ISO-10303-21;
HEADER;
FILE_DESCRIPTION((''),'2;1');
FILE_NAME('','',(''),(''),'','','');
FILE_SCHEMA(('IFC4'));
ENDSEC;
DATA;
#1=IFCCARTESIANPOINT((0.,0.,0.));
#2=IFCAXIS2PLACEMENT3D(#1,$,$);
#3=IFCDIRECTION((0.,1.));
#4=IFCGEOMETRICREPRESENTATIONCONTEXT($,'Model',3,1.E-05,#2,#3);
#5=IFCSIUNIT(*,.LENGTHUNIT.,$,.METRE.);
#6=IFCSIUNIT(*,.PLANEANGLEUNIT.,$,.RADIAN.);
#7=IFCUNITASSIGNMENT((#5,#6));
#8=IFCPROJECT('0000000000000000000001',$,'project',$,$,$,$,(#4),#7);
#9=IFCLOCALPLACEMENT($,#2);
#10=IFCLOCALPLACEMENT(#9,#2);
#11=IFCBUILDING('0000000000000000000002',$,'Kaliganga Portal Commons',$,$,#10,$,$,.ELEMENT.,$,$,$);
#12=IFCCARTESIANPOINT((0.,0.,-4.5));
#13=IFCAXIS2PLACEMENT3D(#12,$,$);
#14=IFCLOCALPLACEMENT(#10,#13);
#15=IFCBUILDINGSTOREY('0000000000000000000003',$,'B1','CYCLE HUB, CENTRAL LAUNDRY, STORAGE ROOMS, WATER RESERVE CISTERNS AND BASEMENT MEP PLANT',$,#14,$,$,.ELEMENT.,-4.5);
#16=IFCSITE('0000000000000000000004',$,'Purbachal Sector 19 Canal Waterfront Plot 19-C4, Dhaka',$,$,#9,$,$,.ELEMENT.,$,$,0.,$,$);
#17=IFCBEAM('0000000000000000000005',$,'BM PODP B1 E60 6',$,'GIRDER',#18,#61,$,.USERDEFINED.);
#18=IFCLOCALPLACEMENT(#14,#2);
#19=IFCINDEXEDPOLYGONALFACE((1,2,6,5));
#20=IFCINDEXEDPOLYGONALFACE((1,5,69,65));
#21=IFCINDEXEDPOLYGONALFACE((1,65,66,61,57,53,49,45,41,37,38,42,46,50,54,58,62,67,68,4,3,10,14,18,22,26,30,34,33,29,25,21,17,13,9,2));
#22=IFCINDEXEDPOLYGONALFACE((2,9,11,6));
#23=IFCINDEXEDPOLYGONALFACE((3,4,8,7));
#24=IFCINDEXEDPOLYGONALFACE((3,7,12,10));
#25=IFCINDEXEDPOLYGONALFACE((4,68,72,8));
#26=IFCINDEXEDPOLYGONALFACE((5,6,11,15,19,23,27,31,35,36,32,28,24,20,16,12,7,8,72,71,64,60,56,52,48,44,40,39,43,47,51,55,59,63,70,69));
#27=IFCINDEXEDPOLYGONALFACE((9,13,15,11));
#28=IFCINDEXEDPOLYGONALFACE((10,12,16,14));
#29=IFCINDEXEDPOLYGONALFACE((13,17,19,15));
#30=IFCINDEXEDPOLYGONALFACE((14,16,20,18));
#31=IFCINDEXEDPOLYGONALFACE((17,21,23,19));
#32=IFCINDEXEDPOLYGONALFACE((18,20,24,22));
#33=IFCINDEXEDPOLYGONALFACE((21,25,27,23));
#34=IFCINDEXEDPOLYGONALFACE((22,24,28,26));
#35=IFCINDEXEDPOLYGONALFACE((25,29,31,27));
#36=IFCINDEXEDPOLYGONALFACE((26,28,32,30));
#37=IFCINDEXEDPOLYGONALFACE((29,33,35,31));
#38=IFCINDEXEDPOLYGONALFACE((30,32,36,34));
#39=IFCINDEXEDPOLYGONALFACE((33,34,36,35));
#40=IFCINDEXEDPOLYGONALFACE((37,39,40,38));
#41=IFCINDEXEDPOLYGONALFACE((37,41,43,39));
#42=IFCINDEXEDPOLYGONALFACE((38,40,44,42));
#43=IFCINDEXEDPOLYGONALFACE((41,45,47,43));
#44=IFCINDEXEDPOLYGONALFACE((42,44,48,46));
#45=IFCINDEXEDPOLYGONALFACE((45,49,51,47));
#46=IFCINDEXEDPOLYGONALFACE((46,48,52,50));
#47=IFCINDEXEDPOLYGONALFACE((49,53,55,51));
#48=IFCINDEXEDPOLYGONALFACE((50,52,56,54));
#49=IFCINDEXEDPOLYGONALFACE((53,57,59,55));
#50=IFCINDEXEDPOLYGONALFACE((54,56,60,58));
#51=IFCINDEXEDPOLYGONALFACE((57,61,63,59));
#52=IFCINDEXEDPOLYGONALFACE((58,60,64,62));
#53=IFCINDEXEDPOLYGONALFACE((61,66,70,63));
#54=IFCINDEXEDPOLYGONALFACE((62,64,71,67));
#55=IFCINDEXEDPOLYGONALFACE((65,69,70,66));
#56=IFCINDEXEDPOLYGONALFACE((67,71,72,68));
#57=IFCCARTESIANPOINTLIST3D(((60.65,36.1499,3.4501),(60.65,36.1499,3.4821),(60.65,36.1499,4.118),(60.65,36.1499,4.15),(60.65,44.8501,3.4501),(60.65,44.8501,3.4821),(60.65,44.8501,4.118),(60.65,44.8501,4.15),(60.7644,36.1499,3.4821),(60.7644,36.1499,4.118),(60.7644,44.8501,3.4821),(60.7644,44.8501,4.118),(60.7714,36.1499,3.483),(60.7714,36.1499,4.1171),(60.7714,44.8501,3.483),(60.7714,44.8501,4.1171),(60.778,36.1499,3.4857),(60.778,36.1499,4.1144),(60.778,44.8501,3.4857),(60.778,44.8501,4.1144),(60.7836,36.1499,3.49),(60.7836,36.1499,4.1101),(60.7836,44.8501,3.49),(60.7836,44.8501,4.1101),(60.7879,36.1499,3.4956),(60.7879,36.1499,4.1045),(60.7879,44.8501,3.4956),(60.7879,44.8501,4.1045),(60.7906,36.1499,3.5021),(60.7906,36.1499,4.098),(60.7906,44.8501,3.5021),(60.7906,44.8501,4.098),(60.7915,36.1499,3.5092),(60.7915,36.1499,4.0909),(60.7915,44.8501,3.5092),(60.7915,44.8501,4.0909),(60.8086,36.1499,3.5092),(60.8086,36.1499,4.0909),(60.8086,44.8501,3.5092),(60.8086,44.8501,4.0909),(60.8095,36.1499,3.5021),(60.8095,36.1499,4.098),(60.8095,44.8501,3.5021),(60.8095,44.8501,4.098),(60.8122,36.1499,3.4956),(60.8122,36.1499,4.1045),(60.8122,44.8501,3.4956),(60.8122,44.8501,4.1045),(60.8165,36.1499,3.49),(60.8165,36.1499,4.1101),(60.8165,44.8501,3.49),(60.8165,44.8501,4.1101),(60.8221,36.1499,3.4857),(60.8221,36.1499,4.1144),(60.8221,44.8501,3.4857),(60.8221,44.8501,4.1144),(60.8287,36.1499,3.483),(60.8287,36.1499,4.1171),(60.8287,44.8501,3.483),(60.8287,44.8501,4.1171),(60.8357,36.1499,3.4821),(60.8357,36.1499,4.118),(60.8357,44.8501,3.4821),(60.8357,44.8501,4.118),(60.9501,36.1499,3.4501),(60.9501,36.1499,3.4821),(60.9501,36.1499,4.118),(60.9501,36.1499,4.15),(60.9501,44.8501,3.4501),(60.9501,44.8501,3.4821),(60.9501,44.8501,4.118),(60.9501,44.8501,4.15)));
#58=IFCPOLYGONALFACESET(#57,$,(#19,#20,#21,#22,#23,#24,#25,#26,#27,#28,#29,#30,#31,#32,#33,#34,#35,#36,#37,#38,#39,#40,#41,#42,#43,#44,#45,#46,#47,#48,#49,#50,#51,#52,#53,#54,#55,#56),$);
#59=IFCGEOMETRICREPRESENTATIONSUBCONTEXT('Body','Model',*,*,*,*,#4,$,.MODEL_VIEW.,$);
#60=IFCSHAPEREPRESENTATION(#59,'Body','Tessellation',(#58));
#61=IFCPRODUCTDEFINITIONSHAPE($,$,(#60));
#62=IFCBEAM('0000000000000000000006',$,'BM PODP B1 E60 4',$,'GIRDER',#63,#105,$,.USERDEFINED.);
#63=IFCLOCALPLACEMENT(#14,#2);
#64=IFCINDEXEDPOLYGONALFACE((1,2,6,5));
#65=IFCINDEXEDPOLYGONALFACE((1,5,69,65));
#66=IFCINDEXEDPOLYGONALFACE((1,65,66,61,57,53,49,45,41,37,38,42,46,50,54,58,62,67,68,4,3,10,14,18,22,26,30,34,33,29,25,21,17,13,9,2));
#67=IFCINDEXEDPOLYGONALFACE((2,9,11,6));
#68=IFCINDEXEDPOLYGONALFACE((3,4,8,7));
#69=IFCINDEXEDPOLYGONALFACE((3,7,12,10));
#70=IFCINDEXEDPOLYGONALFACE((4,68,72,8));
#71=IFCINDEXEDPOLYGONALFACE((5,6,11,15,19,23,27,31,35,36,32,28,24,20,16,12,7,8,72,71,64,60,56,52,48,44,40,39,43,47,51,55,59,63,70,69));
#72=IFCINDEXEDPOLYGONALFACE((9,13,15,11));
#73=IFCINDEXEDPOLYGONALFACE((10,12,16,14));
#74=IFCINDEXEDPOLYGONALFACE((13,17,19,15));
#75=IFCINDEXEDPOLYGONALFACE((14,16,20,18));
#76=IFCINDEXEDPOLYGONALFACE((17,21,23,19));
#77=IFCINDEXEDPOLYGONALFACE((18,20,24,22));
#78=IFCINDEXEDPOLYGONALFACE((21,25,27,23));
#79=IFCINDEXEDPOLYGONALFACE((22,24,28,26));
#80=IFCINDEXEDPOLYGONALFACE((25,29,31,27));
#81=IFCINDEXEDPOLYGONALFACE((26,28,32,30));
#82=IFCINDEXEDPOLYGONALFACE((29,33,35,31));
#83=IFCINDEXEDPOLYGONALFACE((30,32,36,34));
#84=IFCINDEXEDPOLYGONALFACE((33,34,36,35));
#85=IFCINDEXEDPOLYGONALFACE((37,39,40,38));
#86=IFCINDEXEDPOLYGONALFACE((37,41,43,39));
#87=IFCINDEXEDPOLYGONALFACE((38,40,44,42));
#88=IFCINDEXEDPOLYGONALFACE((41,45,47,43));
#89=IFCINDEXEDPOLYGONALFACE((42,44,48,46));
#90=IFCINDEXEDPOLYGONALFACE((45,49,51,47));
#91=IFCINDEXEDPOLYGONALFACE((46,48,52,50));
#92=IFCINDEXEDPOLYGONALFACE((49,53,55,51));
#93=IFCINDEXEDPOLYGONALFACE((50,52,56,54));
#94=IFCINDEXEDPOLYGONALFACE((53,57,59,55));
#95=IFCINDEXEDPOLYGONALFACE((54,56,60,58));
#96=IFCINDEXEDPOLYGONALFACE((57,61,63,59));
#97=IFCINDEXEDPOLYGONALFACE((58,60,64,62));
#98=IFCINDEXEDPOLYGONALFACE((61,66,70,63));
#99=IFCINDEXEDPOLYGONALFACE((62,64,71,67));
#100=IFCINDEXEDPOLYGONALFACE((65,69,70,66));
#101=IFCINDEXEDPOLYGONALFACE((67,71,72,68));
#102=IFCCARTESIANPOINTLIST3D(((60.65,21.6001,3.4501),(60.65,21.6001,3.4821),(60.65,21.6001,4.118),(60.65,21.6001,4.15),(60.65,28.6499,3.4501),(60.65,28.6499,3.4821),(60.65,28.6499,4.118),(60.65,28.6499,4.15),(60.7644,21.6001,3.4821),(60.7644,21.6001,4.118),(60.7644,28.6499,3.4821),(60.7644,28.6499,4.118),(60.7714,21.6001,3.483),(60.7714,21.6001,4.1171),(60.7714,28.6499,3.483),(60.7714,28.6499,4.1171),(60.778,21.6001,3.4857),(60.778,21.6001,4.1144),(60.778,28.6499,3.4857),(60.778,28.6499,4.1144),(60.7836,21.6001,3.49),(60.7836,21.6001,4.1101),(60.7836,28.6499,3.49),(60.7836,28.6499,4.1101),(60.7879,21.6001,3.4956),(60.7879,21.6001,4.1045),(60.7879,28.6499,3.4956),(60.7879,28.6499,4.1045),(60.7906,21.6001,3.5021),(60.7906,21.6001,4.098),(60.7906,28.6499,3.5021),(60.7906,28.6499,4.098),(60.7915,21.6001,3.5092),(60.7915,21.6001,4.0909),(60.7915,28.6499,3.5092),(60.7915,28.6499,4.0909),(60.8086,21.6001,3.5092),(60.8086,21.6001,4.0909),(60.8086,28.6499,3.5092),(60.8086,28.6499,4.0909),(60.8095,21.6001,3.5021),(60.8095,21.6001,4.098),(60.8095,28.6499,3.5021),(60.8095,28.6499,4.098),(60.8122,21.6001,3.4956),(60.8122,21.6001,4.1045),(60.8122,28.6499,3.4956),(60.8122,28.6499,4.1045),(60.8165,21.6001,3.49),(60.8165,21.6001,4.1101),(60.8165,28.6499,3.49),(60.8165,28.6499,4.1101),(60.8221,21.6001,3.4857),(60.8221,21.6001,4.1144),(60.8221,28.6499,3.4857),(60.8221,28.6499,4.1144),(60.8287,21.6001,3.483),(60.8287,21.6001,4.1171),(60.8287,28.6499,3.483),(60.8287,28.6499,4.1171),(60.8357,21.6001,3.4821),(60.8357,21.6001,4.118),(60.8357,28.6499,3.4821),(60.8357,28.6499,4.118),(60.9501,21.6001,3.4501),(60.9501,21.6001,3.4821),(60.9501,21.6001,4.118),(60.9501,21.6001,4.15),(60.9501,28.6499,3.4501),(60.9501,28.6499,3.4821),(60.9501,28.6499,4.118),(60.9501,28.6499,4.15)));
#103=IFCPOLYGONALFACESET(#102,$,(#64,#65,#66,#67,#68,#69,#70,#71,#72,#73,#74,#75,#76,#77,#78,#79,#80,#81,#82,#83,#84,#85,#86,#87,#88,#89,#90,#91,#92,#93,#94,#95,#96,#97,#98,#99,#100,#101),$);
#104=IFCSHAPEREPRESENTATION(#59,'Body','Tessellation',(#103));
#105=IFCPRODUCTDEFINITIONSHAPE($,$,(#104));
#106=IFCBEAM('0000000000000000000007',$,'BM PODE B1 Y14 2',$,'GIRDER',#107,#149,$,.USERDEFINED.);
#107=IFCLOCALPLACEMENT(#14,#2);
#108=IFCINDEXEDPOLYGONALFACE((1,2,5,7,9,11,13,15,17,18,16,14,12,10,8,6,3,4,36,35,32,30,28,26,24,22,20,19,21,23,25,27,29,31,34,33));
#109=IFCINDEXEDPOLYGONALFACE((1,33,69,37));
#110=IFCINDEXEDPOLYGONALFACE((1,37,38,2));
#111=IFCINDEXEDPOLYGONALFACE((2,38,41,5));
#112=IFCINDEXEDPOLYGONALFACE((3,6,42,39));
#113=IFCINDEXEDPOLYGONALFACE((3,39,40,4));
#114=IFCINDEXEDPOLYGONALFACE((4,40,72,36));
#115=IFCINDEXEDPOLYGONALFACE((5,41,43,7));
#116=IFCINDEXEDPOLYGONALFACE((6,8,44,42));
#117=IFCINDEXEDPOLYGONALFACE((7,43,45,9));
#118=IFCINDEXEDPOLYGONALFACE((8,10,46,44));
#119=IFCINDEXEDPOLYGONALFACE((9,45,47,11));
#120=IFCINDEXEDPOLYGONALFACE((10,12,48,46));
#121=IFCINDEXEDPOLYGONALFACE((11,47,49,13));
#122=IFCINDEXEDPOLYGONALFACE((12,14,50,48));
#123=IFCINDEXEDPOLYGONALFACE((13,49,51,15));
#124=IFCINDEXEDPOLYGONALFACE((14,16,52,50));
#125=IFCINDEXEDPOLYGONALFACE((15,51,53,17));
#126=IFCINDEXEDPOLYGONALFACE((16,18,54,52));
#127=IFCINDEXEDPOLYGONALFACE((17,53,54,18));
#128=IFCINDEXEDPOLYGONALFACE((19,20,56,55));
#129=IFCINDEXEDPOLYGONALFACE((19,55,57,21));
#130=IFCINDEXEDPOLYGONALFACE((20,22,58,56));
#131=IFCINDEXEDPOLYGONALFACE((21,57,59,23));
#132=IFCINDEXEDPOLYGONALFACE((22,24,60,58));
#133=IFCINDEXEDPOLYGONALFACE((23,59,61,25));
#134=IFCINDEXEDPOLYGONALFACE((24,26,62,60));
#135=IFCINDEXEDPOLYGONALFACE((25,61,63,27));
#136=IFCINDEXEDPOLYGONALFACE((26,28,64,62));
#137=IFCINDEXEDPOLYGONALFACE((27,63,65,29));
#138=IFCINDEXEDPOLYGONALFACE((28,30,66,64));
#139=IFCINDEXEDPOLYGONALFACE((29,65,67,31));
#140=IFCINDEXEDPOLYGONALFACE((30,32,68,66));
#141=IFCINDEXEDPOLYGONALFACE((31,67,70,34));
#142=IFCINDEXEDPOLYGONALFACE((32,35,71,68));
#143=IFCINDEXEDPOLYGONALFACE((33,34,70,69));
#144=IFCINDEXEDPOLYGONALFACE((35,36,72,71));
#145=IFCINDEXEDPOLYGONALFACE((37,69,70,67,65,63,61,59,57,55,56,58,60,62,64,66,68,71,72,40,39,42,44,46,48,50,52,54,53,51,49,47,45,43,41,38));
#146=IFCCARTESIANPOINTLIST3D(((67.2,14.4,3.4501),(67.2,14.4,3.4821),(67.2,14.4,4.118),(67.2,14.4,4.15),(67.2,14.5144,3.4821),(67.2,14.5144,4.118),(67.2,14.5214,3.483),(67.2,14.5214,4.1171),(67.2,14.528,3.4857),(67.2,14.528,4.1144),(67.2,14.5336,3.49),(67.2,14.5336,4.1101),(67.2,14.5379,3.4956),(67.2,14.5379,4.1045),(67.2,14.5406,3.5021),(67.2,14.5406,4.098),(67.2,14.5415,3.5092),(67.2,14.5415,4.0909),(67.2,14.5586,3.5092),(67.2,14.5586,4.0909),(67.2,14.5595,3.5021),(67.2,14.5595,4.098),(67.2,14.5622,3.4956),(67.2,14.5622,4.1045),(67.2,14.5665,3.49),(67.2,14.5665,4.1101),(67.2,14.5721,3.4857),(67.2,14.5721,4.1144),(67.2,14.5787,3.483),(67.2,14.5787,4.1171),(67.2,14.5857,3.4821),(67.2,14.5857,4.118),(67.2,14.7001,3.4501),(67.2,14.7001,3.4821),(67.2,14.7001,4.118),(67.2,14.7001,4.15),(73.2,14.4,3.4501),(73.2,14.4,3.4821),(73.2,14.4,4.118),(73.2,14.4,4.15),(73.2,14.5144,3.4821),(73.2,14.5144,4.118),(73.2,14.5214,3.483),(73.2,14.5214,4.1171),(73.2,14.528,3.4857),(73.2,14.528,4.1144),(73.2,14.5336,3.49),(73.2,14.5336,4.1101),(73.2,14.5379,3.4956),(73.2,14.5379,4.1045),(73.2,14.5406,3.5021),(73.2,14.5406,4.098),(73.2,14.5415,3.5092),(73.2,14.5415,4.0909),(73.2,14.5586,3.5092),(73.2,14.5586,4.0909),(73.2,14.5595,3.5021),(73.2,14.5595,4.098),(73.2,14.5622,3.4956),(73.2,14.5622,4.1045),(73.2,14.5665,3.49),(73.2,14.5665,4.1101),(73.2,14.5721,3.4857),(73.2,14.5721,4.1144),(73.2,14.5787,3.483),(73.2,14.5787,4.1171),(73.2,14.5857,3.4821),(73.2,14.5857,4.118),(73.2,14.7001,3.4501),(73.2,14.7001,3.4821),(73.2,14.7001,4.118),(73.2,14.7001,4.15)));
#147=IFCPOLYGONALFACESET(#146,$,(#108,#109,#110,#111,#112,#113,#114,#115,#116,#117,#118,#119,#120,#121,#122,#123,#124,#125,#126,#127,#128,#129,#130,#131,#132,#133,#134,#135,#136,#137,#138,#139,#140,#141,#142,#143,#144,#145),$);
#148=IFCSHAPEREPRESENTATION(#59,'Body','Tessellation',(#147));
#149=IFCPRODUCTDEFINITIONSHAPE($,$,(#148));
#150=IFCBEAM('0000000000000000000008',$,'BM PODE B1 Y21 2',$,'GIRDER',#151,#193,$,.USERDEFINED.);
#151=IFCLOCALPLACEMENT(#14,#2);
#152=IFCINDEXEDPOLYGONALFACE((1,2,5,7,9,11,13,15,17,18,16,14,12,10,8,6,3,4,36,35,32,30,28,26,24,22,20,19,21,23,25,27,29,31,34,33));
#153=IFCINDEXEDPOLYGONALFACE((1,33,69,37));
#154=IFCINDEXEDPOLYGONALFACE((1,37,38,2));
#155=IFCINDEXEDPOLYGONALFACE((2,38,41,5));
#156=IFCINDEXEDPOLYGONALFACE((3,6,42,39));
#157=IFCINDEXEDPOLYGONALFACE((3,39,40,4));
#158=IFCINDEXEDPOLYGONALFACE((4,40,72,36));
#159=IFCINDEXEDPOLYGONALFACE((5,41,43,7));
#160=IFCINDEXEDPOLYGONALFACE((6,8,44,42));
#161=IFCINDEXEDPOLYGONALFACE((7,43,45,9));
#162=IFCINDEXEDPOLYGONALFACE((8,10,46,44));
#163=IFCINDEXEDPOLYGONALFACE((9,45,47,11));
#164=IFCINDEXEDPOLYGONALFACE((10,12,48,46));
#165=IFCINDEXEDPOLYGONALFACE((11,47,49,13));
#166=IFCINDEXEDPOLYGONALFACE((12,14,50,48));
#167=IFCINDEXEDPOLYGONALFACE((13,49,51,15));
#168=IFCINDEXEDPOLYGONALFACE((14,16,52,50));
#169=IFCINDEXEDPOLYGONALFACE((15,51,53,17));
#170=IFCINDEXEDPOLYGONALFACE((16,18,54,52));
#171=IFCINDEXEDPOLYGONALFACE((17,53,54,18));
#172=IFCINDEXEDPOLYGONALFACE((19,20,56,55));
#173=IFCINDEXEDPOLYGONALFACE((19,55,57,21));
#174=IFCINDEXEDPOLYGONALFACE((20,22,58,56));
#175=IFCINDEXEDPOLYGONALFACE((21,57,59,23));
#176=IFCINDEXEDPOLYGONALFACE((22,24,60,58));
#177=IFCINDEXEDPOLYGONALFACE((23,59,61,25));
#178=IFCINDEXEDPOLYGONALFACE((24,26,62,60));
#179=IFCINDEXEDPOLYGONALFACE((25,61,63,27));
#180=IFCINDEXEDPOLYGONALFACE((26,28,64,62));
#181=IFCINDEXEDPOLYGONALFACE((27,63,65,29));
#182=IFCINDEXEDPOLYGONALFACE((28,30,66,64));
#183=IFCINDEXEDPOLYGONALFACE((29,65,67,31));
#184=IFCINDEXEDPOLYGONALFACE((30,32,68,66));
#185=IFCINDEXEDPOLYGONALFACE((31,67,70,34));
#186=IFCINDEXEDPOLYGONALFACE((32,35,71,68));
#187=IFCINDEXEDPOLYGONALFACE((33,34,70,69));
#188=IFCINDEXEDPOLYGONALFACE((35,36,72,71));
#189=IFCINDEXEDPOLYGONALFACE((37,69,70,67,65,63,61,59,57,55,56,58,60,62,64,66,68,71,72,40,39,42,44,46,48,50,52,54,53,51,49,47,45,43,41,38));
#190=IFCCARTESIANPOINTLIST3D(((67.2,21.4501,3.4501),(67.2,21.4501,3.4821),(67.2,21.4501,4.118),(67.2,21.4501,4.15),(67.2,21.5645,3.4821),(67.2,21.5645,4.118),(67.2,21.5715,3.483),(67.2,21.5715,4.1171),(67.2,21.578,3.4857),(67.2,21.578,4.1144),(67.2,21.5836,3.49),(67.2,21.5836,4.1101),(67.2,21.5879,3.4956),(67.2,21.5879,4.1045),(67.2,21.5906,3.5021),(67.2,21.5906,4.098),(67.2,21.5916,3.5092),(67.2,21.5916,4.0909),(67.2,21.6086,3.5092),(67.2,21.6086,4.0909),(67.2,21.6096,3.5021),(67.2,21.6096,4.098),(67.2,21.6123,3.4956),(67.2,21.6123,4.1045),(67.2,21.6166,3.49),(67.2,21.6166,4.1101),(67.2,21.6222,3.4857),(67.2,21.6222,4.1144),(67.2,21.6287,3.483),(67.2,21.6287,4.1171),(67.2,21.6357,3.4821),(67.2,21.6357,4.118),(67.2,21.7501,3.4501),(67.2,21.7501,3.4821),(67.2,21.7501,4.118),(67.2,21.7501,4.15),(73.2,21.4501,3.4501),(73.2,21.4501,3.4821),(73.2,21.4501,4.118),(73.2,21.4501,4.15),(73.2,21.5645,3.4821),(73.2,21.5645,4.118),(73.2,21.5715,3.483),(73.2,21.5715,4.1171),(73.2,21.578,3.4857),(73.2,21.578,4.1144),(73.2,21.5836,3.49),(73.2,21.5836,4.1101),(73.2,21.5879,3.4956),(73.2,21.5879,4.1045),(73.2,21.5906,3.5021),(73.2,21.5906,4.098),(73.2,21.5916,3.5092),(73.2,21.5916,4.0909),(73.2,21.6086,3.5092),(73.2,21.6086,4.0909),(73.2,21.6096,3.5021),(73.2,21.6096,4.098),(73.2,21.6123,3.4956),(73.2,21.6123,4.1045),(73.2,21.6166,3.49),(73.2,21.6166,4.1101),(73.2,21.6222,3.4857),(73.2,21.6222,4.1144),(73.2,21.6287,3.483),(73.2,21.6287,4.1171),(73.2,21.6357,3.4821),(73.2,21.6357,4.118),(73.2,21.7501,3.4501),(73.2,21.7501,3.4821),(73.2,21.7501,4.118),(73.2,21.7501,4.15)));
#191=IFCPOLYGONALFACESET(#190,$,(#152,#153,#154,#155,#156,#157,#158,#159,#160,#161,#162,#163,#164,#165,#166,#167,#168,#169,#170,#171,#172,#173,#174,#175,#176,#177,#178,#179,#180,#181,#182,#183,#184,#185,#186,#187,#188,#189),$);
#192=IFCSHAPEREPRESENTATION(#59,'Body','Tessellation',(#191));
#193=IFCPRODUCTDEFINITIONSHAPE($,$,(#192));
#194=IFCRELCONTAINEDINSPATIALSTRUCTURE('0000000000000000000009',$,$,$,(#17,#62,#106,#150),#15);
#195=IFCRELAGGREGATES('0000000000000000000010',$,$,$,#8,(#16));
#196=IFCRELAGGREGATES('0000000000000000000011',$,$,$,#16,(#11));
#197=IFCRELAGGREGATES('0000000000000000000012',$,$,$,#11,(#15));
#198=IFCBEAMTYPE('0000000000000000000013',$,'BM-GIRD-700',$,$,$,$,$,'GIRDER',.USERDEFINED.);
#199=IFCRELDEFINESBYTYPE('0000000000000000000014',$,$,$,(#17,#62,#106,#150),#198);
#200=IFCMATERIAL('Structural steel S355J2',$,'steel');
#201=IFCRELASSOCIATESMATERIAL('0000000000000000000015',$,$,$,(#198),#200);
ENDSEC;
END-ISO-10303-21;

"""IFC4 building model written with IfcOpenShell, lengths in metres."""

from ifc_helpers import new_model, si_unit, direction, frame, origin, origin_2d, place, context, subcontext, project, spatial, i_section, extrude, source, transform, mapped, material, material_profile, profile_set, type_object, element, save


model = new_model("IFC4")

# Units and contexts
model_context = context("Model", 3, precision=1e-05, world=origin(), true_north=direction((0.0, 1.0)))
body_context = subcontext(model_context, "Body", "Model", "MODEL_VIEW")
ifc_project = project(units=[si_unit("LENGTHUNIT", "METRE"), si_unit("PLANEANGLEUNIT", "RADIAN")], contexts=[model_context])

# Site, building, storey
site_placement = place(None, origin())
site = spatial("IfcSite", under=ifc_project, at=site_placement, Name="Purbachal Sector 19 Canal Waterfront Plot 19-C4, Dhaka", CompositionType="ELEMENT", RefElevation=0.0)
building_placement = place(site_placement, origin())
building = spatial("IfcBuilding", under=site, at=building_placement, Name="Kaliganga Portal Commons", CompositionType="ELEMENT")
storey_placement = place(building_placement, frame((0.0, 0.0, -4.5)))
storey = spatial("IfcBuildingStorey", under=building, at=storey_placement, Name="B1", Description="CYCLE HUB, CENTRAL LAUNDRY, STORAGE ROOMS, WATER RESERVE CISTERNS AND BASEMENT MEP PLANT", CompositionType="ELEMENT", Elevation=-4.5)

# Beams
ifc_material_1 = material(Name="Structural steel S355J2", Category="steel")
ifc_material_profile_1 = material_profile(ifc_material_1, i_section(OverallWidth=0.3, OverallDepth=0.7, WebThickness=0.0171, FlangeThickness=0.032, FilletRadius=0.0271, at=origin_2d()), Name="HE 700 B")
ifc_profile_set_1 = profile_set([ifc_material_profile_1], Name="Structural steel S355J2 wide-flange")
beam_type_1 = type_object("IfcBeamType", Name="BM-GIRD-700", ElementType="GIRDER", PredefinedType="USERDEFINED", material=ifc_profile_set_1)
shared_shape_1 = source(origin(), body_context, "Body", "SweptSolid", [
    extrude(i_section(OverallWidth=0.3, OverallDepth=0.7, WebThickness=0.0171, FlangeThickness=0.032, FilletRadius=0.0271, at=origin_2d()), origin(), (0.0, 0.0, 1.0), 8.7002),
])
beam_1_placement = place(storey_placement, frame((60.8, 36.1499, 3.8), z_axis=(0.0, 1.0, 0.0), x_axis=(-1.0, 0.0, 0.0)))
element("IfcBeam", 1, at=beam_1_placement, inside=storey, type_object=beam_type_1, Name="BM PODP B1 E60 6", ObjectType="GIRDER", PredefinedType="USERDEFINED", context=body_context, shape_type="MappedRepresentation", body=[
    mapped(shared_shape_1, transform((0.0, 0.0, 0.0), x_axis=(1.0, 0.0, 0.0), y_axis=(0.0, 1.0, 0.0), z_axis=(0.0, 0.0, 1.0), scale=1.0)),
])
shared_shape_2 = source(origin(), body_context, "Body", "SweptSolid", [
    extrude(i_section(OverallWidth=0.3, OverallDepth=0.7, WebThickness=0.0171, FlangeThickness=0.032, FilletRadius=0.0271, at=origin_2d()), origin(), (0.0, 0.0, 1.0), 7.0498),
])
beam_2_placement = place(storey_placement, frame((60.8, 21.6001, 3.8), z_axis=(0.0, 1.0, 0.0), x_axis=(-1.0, 0.0, 0.0)))
element("IfcBeam", 2, at=beam_2_placement, inside=storey, type_object=beam_type_1, Name="BM PODP B1 E60 4", ObjectType="GIRDER", PredefinedType="USERDEFINED", context=body_context, shape_type="MappedRepresentation", body=[
    mapped(shared_shape_2, transform((0.0, 0.0, 0.0), x_axis=(1.0, 0.0, 0.0), y_axis=(0.0, 1.0, 0.0), z_axis=(0.0, 0.0, 1.0), scale=1.0)),
])
shared_shape_3 = source(origin(), body_context, "Body", "SweptSolid", [
    extrude(i_section(OverallWidth=0.3, OverallDepth=0.7, WebThickness=0.0171, FlangeThickness=0.032, FilletRadius=0.0271, at=origin_2d()), origin(), (0.0, 0.0, 1.0), 6.0),
])
for number, where, z_axis, x_axis, name in (
    (3, (67.2, 14.55, 3.8), (1.0, 0.0, 0.0), (0.0, 1.0, 0.0), "BM PODE B1 Y14 2"),
    (4, (67.2, 21.6001, 3.8), (1.0, 0.0, 0.0), (0.0, 1.0, 0.0), "BM PODE B1 Y21 2"),
):
    element("IfcBeam", number, at=place(storey_placement, frame(where, z_axis=z_axis, x_axis=x_axis)), inside=storey, type_object=beam_type_1, Name=name, ObjectType="GIRDER", PredefinedType="USERDEFINED", context=body_context, shape_type="MappedRepresentation", body=[
        mapped(shared_shape_3, transform((0.0, 0.0, 0.0), x_axis=(1.0, 0.0, 0.0), y_axis=(0.0, 1.0, 0.0), z_axis=(0.0, 0.0, 1.0), scale=1.0)),
    ])

save(model, "model.ifc")
